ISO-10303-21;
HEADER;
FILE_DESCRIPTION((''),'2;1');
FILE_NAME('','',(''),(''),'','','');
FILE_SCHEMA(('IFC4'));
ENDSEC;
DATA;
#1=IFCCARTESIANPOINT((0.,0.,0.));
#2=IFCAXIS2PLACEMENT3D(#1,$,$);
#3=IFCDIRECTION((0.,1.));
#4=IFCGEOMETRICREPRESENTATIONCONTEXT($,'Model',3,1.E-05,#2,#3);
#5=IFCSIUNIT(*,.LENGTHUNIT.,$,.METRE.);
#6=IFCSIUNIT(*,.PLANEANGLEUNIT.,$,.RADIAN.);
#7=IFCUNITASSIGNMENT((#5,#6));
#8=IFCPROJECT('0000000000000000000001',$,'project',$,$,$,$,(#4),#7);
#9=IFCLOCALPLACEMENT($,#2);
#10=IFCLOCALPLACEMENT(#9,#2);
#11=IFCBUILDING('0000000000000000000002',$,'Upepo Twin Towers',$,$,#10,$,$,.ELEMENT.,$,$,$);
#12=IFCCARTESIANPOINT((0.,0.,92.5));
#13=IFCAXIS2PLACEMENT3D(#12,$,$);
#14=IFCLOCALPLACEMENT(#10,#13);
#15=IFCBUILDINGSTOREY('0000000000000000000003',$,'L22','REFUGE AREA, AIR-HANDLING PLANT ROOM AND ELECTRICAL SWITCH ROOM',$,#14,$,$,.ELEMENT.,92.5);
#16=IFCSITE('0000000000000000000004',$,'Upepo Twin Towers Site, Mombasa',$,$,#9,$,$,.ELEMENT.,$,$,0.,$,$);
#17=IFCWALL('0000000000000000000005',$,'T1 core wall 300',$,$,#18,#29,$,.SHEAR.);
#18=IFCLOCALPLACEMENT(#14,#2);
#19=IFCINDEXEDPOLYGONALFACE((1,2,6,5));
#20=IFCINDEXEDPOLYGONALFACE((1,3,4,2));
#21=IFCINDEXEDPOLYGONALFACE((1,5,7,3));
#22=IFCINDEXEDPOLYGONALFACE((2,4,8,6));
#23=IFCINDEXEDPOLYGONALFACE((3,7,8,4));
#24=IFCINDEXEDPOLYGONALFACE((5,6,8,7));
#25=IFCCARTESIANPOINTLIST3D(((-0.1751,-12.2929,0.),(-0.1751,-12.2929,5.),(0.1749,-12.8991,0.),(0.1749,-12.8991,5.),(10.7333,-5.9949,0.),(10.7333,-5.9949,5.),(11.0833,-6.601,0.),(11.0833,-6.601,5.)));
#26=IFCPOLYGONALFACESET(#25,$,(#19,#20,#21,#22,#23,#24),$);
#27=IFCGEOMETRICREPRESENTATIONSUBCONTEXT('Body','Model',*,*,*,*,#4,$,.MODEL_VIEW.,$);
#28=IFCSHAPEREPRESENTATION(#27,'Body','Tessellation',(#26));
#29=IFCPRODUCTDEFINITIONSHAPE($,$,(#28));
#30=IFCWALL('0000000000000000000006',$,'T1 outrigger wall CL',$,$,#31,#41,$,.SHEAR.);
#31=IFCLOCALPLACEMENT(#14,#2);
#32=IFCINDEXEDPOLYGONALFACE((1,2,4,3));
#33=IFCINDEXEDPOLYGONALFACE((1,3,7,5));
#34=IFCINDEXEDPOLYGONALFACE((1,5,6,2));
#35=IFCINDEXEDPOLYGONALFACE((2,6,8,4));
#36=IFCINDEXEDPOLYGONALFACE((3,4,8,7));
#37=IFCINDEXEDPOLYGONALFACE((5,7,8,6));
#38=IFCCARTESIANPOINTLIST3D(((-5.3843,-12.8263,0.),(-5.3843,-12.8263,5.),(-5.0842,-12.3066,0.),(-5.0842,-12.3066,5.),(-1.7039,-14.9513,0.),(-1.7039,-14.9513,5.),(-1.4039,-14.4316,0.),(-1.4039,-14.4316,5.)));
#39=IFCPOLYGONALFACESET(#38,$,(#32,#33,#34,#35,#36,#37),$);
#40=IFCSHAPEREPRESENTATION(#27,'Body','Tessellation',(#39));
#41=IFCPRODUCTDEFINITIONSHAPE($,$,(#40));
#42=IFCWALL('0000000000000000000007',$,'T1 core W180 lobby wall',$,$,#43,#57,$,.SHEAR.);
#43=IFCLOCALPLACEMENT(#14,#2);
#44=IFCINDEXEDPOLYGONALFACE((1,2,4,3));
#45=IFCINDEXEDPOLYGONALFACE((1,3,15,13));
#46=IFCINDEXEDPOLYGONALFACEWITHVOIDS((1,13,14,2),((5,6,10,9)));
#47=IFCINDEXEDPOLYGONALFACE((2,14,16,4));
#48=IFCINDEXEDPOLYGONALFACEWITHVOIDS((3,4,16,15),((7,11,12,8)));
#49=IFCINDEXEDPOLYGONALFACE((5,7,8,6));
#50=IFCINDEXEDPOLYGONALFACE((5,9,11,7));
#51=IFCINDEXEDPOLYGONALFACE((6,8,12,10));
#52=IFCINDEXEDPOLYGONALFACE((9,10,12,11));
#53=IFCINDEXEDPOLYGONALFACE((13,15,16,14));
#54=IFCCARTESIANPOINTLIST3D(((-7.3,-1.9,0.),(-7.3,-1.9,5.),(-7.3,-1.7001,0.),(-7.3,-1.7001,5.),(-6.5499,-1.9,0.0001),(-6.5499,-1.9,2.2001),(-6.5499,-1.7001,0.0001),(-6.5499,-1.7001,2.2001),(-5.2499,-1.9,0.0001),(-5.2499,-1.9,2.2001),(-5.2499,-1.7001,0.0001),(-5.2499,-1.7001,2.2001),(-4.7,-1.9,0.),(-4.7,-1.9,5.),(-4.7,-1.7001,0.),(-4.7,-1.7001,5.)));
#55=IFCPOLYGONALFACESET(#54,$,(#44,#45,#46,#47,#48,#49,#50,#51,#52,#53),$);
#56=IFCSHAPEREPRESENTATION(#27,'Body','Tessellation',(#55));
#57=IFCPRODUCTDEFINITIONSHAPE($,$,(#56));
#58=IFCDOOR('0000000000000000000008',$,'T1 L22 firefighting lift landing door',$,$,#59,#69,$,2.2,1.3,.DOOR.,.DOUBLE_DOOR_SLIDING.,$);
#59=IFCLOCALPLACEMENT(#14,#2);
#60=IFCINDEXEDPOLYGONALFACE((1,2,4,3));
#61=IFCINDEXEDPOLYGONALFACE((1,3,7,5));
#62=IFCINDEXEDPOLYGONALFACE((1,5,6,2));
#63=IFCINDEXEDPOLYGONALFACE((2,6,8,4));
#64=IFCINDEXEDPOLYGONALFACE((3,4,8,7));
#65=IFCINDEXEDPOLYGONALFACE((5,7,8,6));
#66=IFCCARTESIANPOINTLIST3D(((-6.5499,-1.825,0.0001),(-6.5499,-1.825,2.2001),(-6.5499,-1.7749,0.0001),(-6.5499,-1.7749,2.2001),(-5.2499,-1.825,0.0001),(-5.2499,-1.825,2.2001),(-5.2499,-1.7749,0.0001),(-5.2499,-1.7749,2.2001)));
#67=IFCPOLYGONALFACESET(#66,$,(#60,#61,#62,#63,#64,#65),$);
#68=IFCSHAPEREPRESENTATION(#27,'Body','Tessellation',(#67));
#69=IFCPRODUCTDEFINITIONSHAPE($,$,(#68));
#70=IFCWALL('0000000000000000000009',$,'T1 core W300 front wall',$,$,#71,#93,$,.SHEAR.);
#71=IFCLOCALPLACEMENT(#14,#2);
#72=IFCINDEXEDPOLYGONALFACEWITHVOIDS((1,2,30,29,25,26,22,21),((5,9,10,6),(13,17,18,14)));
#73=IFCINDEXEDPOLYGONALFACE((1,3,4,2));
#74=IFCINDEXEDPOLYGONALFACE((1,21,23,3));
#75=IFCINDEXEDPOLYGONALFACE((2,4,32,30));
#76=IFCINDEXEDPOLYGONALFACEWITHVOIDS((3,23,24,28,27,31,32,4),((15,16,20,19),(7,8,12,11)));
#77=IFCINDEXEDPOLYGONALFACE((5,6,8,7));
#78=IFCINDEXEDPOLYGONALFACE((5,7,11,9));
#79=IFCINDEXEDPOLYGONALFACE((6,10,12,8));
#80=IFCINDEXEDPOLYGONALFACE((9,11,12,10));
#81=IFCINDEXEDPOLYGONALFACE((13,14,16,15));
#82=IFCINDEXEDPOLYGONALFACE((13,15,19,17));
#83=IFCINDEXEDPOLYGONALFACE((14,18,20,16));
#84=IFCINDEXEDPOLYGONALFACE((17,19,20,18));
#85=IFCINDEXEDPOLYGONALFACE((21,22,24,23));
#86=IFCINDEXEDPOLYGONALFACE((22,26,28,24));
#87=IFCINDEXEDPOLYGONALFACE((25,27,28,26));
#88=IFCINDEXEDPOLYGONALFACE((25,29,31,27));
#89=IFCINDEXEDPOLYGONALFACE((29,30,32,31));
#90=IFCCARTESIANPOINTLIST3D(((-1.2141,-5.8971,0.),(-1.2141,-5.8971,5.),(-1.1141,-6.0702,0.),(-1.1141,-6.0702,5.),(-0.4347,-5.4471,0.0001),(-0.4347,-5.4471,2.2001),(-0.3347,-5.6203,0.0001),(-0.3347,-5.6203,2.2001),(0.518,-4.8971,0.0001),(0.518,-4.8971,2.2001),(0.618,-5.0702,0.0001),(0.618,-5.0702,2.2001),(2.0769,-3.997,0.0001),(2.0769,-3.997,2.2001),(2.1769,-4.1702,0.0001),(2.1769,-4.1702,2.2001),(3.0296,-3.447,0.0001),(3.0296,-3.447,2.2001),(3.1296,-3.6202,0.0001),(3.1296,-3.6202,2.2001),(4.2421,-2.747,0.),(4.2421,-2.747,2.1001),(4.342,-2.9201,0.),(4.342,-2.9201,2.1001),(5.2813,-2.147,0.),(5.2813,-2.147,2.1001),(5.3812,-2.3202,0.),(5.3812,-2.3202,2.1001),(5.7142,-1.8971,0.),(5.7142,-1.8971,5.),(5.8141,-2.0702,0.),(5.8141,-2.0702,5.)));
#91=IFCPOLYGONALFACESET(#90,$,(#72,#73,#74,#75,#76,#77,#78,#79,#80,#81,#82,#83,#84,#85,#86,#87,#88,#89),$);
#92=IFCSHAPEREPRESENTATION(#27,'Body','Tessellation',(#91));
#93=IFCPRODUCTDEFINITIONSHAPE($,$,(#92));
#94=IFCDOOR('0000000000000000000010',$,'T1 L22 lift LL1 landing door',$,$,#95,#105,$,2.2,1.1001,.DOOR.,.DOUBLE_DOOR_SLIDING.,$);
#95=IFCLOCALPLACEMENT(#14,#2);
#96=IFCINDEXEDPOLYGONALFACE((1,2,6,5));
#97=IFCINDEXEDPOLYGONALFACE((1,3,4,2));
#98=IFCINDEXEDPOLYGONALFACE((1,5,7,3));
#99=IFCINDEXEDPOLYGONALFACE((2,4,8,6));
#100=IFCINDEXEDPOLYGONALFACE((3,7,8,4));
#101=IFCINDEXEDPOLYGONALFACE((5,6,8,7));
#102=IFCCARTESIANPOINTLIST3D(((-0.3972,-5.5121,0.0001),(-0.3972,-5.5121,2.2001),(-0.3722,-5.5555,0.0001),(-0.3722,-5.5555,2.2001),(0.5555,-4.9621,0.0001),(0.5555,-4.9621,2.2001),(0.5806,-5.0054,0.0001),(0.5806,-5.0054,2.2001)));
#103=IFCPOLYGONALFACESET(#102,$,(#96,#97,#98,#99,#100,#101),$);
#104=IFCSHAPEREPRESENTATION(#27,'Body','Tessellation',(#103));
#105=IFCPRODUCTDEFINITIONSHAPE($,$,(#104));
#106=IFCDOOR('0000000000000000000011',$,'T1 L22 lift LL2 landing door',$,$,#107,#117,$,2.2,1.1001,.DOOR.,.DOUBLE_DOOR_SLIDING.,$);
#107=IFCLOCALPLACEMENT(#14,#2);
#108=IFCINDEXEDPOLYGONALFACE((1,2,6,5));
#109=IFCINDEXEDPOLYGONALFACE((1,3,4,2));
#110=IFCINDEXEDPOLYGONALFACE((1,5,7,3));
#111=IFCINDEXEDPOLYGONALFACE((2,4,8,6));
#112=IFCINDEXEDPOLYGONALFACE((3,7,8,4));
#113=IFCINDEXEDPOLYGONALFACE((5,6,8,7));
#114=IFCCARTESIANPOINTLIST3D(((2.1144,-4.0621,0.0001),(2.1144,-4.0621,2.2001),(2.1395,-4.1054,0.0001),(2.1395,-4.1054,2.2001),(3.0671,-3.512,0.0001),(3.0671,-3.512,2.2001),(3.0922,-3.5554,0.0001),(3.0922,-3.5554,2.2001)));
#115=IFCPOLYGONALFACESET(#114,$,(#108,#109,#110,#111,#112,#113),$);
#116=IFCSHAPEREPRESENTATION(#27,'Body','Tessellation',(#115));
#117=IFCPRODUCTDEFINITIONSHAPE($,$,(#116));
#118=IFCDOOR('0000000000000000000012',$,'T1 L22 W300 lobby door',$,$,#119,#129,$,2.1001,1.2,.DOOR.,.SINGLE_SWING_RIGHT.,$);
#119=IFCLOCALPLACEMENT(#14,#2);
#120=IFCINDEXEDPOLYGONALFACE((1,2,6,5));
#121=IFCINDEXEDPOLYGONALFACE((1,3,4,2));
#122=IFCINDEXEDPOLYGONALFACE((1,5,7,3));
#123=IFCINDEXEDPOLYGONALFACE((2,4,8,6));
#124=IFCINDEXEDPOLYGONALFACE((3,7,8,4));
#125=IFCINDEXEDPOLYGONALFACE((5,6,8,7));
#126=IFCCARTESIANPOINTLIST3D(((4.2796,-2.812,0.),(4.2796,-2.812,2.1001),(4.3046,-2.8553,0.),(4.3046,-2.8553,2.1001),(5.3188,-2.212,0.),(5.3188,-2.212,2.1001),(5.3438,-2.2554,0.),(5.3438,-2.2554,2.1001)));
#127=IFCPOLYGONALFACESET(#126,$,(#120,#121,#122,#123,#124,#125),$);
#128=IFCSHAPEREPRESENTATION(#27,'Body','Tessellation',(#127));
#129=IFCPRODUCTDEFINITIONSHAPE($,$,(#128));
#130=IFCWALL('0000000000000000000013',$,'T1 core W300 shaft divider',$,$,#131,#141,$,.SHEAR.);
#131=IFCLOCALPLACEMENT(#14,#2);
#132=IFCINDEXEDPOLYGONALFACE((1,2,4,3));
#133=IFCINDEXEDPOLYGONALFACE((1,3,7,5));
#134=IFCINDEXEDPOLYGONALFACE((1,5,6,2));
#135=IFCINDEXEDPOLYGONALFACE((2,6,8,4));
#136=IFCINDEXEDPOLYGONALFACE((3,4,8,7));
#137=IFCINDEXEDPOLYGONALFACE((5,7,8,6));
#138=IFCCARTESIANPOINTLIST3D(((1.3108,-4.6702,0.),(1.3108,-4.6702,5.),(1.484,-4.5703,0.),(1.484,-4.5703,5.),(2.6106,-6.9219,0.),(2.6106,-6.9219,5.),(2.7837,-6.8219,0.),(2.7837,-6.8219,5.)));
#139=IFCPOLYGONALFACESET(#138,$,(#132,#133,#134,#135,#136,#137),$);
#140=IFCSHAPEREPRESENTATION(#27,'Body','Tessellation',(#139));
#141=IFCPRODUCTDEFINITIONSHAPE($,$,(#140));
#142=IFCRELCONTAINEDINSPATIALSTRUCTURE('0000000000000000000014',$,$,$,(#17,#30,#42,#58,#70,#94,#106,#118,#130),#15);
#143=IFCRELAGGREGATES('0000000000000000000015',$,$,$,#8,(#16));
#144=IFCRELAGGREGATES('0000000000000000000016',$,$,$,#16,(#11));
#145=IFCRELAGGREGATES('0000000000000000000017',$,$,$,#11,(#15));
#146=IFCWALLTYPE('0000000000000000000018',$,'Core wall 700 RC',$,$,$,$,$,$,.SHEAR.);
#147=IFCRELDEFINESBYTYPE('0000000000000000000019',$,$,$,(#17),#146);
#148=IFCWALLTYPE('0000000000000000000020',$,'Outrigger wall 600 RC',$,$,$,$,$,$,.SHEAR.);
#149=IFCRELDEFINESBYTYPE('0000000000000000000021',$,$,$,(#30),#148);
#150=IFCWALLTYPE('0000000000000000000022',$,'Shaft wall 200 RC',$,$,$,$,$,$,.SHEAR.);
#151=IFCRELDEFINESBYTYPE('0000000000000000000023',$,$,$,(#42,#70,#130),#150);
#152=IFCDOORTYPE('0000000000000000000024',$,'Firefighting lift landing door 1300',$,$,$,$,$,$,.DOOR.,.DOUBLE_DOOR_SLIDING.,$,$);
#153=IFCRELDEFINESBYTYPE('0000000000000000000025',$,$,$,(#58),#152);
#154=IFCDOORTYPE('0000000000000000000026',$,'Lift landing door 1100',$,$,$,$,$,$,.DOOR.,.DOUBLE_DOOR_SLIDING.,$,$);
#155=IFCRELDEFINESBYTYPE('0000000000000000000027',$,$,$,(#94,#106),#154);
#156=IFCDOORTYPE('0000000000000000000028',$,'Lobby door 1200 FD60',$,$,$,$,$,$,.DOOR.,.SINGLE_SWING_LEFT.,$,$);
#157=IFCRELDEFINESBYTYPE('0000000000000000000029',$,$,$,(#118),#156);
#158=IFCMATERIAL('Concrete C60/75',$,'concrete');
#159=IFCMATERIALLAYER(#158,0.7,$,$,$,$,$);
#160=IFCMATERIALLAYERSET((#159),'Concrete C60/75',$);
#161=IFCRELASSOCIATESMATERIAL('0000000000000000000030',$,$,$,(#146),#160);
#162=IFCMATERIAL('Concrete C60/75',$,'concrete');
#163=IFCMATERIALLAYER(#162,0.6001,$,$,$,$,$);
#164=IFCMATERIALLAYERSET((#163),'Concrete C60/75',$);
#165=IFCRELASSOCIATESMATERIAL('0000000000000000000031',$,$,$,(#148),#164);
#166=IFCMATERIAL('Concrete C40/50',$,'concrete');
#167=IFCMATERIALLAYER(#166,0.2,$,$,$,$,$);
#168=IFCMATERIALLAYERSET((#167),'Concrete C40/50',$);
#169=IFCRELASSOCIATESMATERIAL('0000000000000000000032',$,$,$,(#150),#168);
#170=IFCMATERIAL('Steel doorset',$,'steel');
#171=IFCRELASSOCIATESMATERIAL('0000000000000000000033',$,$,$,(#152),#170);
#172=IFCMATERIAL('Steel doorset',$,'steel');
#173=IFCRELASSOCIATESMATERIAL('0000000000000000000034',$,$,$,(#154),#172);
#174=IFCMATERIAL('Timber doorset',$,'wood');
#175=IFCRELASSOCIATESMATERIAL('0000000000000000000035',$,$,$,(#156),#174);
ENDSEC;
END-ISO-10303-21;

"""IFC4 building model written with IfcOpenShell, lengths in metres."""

from ifc_helpers import new_model, si_unit, direction, frame, frame_2d, origin, place, context, subcontext, project, spatial, rectangle, extrude, material, layer, layer_set, type_object, element, fill, save


model = new_model("IFC4")

# Units and contexts
model_context = context("Model", 3, precision=1e-05, world=origin(), true_north=direction((0.0, 1.0)))
body_context = subcontext(model_context, "Body", "Model", "MODEL_VIEW")
ifc_project = project(units=[si_unit("LENGTHUNIT", "METRE"), si_unit("PLANEANGLEUNIT", "RADIAN")], contexts=[model_context])

# Site, building, storey
site_placement = place(None, origin())
site = spatial("IfcSite", under=ifc_project, at=site_placement, Name="Upepo Twin Towers Site, Mombasa", CompositionType="ELEMENT", RefElevation=0.0)
building_placement = place(site_placement, origin())
building = spatial("IfcBuilding", under=site, at=building_placement, Name="Upepo Twin Towers", CompositionType="ELEMENT")
storey_placement = place(building_placement, frame((0.0, 0.0, 92.5)))
storey = spatial("IfcBuildingStorey", under=building, at=storey_placement, Name="L22", Description="REFUGE AREA, AIR-HANDLING PLANT ROOM AND ELECTRICAL SWITCH ROOM", CompositionType="ELEMENT", Elevation=92.5)

# Walls
ifc_material_1 = material(Name="Concrete C60/75", Category="concrete")
ifc_layer_1 = layer(ifc_material_1, 0.7)
ifc_layer_set_1 = layer_set([ifc_layer_1], Name="Concrete C60/75")
wall_type_1 = type_object("IfcWallType", Name="Core wall 700 RC", PredefinedType="SHEAR", material=ifc_layer_set_1)
wall_1_placement = place(storey_placement, frame((0.0, -12.5959, 0.0), z_axis=(0.0, 0.0, 1.0), x_axis=(0.866022, 0.500006, 0.0)))
element("IfcWall", 1, at=wall_1_placement, inside=storey, type_object=wall_type_1, Name="T1 core wall 300", PredefinedType="SHEAR", context=body_context, shape_type="SweptSolid", body=[
    extrude(rectangle(XDim=12.5959, YDim=0.7, at=frame_2d((6.2979, 0.0))), origin(), (0.0, 0.0, 1.0), 5.0),
])
ifc_material_2 = material(Name="Concrete C60/75", Category="concrete")
ifc_layer_2 = layer(ifc_material_2, 0.6001)
ifc_layer_set_2 = layer_set([ifc_layer_2], Name="Concrete C60/75")
wall_type_2 = type_object("IfcWallType", Name="Outrigger wall 600 RC", PredefinedType="SHEAR", material=ifc_layer_set_2)
wall_2_placement = place(storey_placement, frame((-5.2344, -12.5664, 0.0), z_axis=(0.0, 0.0, 1.0), x_axis=(0.866014, -0.500019, 0.0)))
element("IfcWall", 2, at=wall_2_placement, inside=storey, type_object=wall_type_2, Name="T1 outrigger wall CL", PredefinedType="SHEAR", context=body_context, shape_type="SweptSolid", body=[
    extrude(rectangle(XDim=4.2498, YDim=0.6001, at=frame_2d((2.125, 0.0))), origin(), (0.0, 0.0, 1.0), 5.0),
])

# Wall, opening, door
ifc_material_3 = material(Name="Concrete C40/50", Category="concrete")
ifc_layer_3 = layer(ifc_material_3, 0.2)
ifc_layer_set_3 = layer_set([ifc_layer_3], Name="Concrete C40/50")
wall_type_3 = type_object("IfcWallType", Name="Shaft wall 200 RC", PredefinedType="SHEAR", material=ifc_layer_set_3)
wall_3_placement = place(storey_placement, frame((-4.7, -1.8, 0.0), z_axis=(0.0, 0.0, 1.0), x_axis=(-1.0, 0.0, 0.0)))
wall_3 = element("IfcWall", 3, at=wall_3_placement, inside=storey, type_object=wall_type_3, Name="T1 core W180 lobby wall", PredefinedType="SHEAR", context=body_context, shape_type="SweptSolid", body=[
    extrude(rectangle(XDim=2.6001, YDim=0.2, at=frame_2d((1.3, 0.0))), origin(), (0.0, 0.0, 1.0), 5.0),
])
opening_1_placement = place(wall_3_placement, frame((0.55, 0.0, 0.0)))
opening_1 = element("IfcOpeningElement", 4, at=opening_1_placement, cuts=wall_3, PredefinedType="OPENING", context=body_context, shape_type="SweptSolid", body=[
    extrude(rectangle(XDim=1.3, YDim=2.2, at=frame_2d((0.6499, 1.1001))), frame((0.0, 0.1099, 0.0), z_axis=(0.0, -1.0, 0.0), x_axis=(1.0, 0.0, 0.0)), (0.0, 0.0, 1.0), 0.22),
])
ifc_material_4 = material(Name="Steel doorset", Category="steel")
door_type_1 = type_object("IfcDoorType", Name="Firefighting lift landing door 1300", OperationType="DOUBLE_DOOR_SLIDING", PredefinedType="DOOR", material=ifc_material_4)
door_1_placement = place(opening_1_placement, origin())
door_1 = element("IfcDoor", 5, at=door_1_placement, inside=storey, type_object=door_type_1, Name="T1 L22 firefighting lift landing door", OperationType="DOUBLE_DOOR_SLIDING", OverallHeight=2.2, OverallWidth=1.3, PredefinedType="DOOR", context=body_context, shape_type="SweptSolid", body=[
    extrude(rectangle(XDim=1.3, YDim=2.2, at=frame_2d((0.6499, 1.1001))), frame((0.0, 0.0249, 0.0), z_axis=(0.0, -1.0, 0.0), x_axis=(1.0, 0.0, 0.0)), (0.0, 0.0, 1.0), 0.05),
])
fill(opening_1, door_1)

# Wall, openings, doors
wall_4_placement = place(storey_placement, frame((-1.1641, -5.9836, 0.0), z_axis=(0.0, 0.0, 1.0), x_axis=(0.866026, 0.499999, 0.0)))
wall_4 = element("IfcWall", 6, at=wall_4_placement, inside=storey, type_object=wall_type_3, Name="T1 core W300 front wall", PredefinedType="SHEAR", context=body_context, shape_type="SweptSolid", body=[
    extrude(rectangle(XDim=8.0, YDim=0.2, at=frame_2d((4.0, 0.0))), origin(), (0.0, 0.0, 1.0), 5.0),
])
opening_2_placement = place(wall_4_placement, frame((6.3, 0.0, 0.0)))
opening_2 = element("IfcOpeningElement", 7, at=opening_2_placement, cuts=wall_4, PredefinedType="OPENING", context=body_context, shape_type="SweptSolid", body=[
    extrude(rectangle(XDim=1.2, YDim=2.1001, at=frame_2d((0.6001, 1.05))), frame((0.0, 0.1099, 0.0), z_axis=(0.0, -1.0, 0.0), x_axis=(1.0, 0.0, 0.0)), (0.0, 0.0, 1.0), 0.22),
])
opening_3_placement = place(wall_4_placement, frame((0.8999, 0.0, 0.0)))
opening_3 = element("IfcOpeningElement", 8, at=opening_3_placement, cuts=wall_4, PredefinedType="OPENING", context=body_context, shape_type="SweptSolid", body=[
    extrude(rectangle(XDim=1.1001, YDim=2.2, at=frame_2d((0.55, 1.1001))), frame((0.0, 0.1099, 0.0), z_axis=(0.0, -1.0, 0.0), x_axis=(1.0, 0.0, 0.0)), (0.0, 0.0, 1.0), 0.22),
])
opening_4_placement = place(wall_4_placement, frame((3.8, 0.0, 0.0)))
opening_4 = element("IfcOpeningElement", 9, at=opening_4_placement, cuts=wall_4, PredefinedType="OPENING", context=body_context, shape_type="SweptSolid", body=[
    extrude(rectangle(XDim=1.1001, YDim=2.2, at=frame_2d((0.55, 1.1001))), frame((0.0, 0.1099, 0.0), z_axis=(0.0, -1.0, 0.0), x_axis=(1.0, 0.0, 0.0)), (0.0, 0.0, 1.0), 0.22),
])
ifc_material_5 = material(Name="Steel doorset", Category="steel")
door_type_2 = type_object("IfcDoorType", Name="Lift landing door 1100", OperationType="DOUBLE_DOOR_SLIDING", PredefinedType="DOOR", material=ifc_material_5)
door_2_placement = place(opening_3_placement, origin())
door_2 = element("IfcDoor", 10, at=door_2_placement, inside=storey, type_object=door_type_2, Name="T1 L22 lift LL1 landing door", OperationType="DOUBLE_DOOR_SLIDING", OverallHeight=2.2, OverallWidth=1.1001, PredefinedType="DOOR", context=body_context, shape_type="SweptSolid", body=[
    extrude(rectangle(XDim=1.1001, YDim=2.2, at=frame_2d((0.55, 1.1001))), frame((0.0, 0.0249, 0.0), z_axis=(0.0, -1.0, 0.0), x_axis=(1.0, 0.0, 0.0)), (0.0, 0.0, 1.0), 0.05),
])
fill(opening_3, door_2)
door_3_placement = place(opening_4_placement, origin())
door_3 = element("IfcDoor", 11, at=door_3_placement, inside=storey, type_object=door_type_2, Name="T1 L22 lift LL2 landing door", OperationType="DOUBLE_DOOR_SLIDING", OverallHeight=2.2, OverallWidth=1.1001, PredefinedType="DOOR", context=body_context, shape_type="SweptSolid", body=[
    extrude(rectangle(XDim=1.1001, YDim=2.2, at=frame_2d((0.55, 1.1001))), frame((0.0, 0.0249, 0.0), z_axis=(0.0, -1.0, 0.0), x_axis=(1.0, 0.0, 0.0)), (0.0, 0.0, 1.0), 0.05),
])
fill(opening_4, door_3)
ifc_material_6 = material(Name="Timber doorset", Category="wood")
door_type_3 = type_object("IfcDoorType", Name="Lobby door 1200 FD60", OperationType="SINGLE_SWING_LEFT", PredefinedType="DOOR", material=ifc_material_6)
door_4_placement = place(opening_2_placement, origin())
door_4 = element("IfcDoor", 12, at=door_4_placement, inside=storey, type_object=door_type_3, Name="T1 L22 W300 lobby door", OperationType="SINGLE_SWING_RIGHT", OverallHeight=2.1001, OverallWidth=1.2, PredefinedType="DOOR", context=body_context, shape_type="SweptSolid", body=[
    extrude(rectangle(XDim=1.2, YDim=2.1001, at=frame_2d((0.6001, 1.05))), frame((0.0, 0.0249, 0.0), z_axis=(0.0, -1.0, 0.0), x_axis=(1.0, 0.0, 0.0)), (0.0, 0.0, 1.0), 0.05),
])
fill(opening_2, door_4)

# Wall
wall_5_placement = place(storey_placement, frame((1.3975, -4.6204, 0.0), z_axis=(0.0, 0.0, 1.0), x_axis=(0.499937, -0.866062, 0.0)))
element("IfcWall", 13, at=wall_5_placement, inside=storey, type_object=wall_type_3, Name="T1 core W300 shaft divider", PredefinedType="SHEAR", context=body_context, shape_type="SweptSolid", body=[
    extrude(rectangle(XDim=2.5999, YDim=0.2, at=frame_2d((1.2998, 0.0))), origin(), (0.0, 0.0, 1.0), 5.0),
])

save(model, "model.ifc")
